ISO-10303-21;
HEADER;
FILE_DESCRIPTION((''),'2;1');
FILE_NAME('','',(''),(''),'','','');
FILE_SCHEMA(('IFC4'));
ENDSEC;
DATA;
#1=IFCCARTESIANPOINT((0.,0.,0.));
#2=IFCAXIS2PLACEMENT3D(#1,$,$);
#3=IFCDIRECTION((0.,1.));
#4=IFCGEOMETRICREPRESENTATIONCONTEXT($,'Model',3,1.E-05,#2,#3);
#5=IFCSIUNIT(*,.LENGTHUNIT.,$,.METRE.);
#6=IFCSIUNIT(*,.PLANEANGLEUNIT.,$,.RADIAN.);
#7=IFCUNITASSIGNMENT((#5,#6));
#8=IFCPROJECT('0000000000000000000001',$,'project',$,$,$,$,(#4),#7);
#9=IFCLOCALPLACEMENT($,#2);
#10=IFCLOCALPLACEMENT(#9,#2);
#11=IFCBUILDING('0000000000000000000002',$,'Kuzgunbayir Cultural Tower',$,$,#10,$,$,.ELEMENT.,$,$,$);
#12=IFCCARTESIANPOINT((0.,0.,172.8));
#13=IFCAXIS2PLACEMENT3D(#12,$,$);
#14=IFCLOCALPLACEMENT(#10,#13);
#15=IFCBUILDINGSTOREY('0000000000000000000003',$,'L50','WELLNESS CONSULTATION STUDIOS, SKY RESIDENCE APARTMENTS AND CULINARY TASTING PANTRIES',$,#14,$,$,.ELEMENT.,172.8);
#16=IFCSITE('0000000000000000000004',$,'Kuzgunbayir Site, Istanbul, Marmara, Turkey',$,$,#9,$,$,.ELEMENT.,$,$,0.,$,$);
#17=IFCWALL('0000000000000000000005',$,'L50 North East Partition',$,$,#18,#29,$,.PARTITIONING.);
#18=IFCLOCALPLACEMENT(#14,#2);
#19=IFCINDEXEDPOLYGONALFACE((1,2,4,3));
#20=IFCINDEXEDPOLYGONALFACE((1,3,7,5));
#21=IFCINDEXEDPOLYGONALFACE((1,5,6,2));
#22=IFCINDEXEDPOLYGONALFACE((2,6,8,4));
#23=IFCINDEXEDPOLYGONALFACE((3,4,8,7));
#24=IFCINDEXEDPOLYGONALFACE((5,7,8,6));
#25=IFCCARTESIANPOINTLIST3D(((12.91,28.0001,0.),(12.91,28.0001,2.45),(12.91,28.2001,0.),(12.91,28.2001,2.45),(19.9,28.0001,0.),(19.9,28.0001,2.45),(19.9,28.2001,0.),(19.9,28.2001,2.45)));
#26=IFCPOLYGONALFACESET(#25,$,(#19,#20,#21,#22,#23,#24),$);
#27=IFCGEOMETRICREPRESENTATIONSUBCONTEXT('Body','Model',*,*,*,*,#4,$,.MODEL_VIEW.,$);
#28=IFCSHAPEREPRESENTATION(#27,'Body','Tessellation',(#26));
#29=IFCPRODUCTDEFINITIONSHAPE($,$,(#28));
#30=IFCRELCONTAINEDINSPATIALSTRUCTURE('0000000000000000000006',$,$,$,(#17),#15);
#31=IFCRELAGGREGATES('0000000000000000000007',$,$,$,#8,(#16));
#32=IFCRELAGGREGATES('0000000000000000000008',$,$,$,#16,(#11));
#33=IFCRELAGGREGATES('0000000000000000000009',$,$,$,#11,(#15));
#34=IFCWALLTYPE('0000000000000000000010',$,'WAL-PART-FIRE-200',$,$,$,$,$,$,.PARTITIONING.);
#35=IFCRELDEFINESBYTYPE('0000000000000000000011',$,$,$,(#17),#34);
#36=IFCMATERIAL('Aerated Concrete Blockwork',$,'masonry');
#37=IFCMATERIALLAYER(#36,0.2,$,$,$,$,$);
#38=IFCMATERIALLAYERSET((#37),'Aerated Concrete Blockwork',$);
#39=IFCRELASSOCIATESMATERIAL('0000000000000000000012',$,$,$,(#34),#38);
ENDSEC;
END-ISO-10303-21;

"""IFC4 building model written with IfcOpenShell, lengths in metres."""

from ifc_helpers import new_model, si_unit, direction, frame, frame_2d, origin, place, context, subcontext, project, spatial, rectangle, extrude, material, layer, layer_set, type_object, element, save


model = new_model("IFC4")

# Units and contexts
model_context = context("Model", 3, precision=1e-05, world=origin(), true_north=direction((0.0, 1.0)))
body_context = subcontext(model_context, "Body", "Model", "MODEL_VIEW")
ifc_project = project(units=[si_unit("LENGTHUNIT", "METRE"), si_unit("PLANEANGLEUNIT", "RADIAN")], contexts=[model_context])

# Site, building, storey
site_placement = place(None, origin())
site = spatial("IfcSite", under=ifc_project, at=site_placement, Name="Kuzgunbayir Site, Istanbul, Marmara, Turkey", CompositionType="ELEMENT", RefElevation=0.0)
building_placement = place(site_placement, origin())
building = spatial("IfcBuilding", under=site, at=building_placement, Name="Kuzgunbayir Cultural Tower", CompositionType="ELEMENT")
storey_placement = place(building_placement, frame((0.0, 0.0, 172.8)))
storey = spatial("IfcBuildingStorey", under=building, at=storey_placement, Name="L50", Description="WELLNESS CONSULTATION STUDIOS, SKY RESIDENCE APARTMENTS AND CULINARY TASTING PANTRIES", CompositionType="ELEMENT", Elevation=172.8)

# Wall
ifc_material_1 = material(Name="Aerated Concrete Blockwork", Category="masonry")
ifc_layer_1 = layer(ifc_material_1, 0.2)
ifc_layer_set_1 = layer_set([ifc_layer_1], Name="Aerated Concrete Blockwork")
wall_type_1 = type_object("IfcWallType", Name="WAL-PART-FIRE-200", PredefinedType="PARTITIONING", material=ifc_layer_set_1)
wall_1_placement = place(storey_placement, frame((12.9099, 28.1001, 0.0), z_axis=(0.0, 0.0, 1.0), x_axis=(1.0, 0.0, 0.0)))
element("IfcWall", 1, at=wall_1_placement, inside=storey, type_object=wall_type_1, Name="L50 North East Partition", PredefinedType="PARTITIONING", context=body_context, shape_type="SweptSolid", body=[
    extrude(rectangle(XDim=6.99, YDim=0.2, at=frame_2d((3.4951, 0.0))), origin(), (0.0, 0.0, 1.0), 2.45),
])

save(model, "model.ifc")
